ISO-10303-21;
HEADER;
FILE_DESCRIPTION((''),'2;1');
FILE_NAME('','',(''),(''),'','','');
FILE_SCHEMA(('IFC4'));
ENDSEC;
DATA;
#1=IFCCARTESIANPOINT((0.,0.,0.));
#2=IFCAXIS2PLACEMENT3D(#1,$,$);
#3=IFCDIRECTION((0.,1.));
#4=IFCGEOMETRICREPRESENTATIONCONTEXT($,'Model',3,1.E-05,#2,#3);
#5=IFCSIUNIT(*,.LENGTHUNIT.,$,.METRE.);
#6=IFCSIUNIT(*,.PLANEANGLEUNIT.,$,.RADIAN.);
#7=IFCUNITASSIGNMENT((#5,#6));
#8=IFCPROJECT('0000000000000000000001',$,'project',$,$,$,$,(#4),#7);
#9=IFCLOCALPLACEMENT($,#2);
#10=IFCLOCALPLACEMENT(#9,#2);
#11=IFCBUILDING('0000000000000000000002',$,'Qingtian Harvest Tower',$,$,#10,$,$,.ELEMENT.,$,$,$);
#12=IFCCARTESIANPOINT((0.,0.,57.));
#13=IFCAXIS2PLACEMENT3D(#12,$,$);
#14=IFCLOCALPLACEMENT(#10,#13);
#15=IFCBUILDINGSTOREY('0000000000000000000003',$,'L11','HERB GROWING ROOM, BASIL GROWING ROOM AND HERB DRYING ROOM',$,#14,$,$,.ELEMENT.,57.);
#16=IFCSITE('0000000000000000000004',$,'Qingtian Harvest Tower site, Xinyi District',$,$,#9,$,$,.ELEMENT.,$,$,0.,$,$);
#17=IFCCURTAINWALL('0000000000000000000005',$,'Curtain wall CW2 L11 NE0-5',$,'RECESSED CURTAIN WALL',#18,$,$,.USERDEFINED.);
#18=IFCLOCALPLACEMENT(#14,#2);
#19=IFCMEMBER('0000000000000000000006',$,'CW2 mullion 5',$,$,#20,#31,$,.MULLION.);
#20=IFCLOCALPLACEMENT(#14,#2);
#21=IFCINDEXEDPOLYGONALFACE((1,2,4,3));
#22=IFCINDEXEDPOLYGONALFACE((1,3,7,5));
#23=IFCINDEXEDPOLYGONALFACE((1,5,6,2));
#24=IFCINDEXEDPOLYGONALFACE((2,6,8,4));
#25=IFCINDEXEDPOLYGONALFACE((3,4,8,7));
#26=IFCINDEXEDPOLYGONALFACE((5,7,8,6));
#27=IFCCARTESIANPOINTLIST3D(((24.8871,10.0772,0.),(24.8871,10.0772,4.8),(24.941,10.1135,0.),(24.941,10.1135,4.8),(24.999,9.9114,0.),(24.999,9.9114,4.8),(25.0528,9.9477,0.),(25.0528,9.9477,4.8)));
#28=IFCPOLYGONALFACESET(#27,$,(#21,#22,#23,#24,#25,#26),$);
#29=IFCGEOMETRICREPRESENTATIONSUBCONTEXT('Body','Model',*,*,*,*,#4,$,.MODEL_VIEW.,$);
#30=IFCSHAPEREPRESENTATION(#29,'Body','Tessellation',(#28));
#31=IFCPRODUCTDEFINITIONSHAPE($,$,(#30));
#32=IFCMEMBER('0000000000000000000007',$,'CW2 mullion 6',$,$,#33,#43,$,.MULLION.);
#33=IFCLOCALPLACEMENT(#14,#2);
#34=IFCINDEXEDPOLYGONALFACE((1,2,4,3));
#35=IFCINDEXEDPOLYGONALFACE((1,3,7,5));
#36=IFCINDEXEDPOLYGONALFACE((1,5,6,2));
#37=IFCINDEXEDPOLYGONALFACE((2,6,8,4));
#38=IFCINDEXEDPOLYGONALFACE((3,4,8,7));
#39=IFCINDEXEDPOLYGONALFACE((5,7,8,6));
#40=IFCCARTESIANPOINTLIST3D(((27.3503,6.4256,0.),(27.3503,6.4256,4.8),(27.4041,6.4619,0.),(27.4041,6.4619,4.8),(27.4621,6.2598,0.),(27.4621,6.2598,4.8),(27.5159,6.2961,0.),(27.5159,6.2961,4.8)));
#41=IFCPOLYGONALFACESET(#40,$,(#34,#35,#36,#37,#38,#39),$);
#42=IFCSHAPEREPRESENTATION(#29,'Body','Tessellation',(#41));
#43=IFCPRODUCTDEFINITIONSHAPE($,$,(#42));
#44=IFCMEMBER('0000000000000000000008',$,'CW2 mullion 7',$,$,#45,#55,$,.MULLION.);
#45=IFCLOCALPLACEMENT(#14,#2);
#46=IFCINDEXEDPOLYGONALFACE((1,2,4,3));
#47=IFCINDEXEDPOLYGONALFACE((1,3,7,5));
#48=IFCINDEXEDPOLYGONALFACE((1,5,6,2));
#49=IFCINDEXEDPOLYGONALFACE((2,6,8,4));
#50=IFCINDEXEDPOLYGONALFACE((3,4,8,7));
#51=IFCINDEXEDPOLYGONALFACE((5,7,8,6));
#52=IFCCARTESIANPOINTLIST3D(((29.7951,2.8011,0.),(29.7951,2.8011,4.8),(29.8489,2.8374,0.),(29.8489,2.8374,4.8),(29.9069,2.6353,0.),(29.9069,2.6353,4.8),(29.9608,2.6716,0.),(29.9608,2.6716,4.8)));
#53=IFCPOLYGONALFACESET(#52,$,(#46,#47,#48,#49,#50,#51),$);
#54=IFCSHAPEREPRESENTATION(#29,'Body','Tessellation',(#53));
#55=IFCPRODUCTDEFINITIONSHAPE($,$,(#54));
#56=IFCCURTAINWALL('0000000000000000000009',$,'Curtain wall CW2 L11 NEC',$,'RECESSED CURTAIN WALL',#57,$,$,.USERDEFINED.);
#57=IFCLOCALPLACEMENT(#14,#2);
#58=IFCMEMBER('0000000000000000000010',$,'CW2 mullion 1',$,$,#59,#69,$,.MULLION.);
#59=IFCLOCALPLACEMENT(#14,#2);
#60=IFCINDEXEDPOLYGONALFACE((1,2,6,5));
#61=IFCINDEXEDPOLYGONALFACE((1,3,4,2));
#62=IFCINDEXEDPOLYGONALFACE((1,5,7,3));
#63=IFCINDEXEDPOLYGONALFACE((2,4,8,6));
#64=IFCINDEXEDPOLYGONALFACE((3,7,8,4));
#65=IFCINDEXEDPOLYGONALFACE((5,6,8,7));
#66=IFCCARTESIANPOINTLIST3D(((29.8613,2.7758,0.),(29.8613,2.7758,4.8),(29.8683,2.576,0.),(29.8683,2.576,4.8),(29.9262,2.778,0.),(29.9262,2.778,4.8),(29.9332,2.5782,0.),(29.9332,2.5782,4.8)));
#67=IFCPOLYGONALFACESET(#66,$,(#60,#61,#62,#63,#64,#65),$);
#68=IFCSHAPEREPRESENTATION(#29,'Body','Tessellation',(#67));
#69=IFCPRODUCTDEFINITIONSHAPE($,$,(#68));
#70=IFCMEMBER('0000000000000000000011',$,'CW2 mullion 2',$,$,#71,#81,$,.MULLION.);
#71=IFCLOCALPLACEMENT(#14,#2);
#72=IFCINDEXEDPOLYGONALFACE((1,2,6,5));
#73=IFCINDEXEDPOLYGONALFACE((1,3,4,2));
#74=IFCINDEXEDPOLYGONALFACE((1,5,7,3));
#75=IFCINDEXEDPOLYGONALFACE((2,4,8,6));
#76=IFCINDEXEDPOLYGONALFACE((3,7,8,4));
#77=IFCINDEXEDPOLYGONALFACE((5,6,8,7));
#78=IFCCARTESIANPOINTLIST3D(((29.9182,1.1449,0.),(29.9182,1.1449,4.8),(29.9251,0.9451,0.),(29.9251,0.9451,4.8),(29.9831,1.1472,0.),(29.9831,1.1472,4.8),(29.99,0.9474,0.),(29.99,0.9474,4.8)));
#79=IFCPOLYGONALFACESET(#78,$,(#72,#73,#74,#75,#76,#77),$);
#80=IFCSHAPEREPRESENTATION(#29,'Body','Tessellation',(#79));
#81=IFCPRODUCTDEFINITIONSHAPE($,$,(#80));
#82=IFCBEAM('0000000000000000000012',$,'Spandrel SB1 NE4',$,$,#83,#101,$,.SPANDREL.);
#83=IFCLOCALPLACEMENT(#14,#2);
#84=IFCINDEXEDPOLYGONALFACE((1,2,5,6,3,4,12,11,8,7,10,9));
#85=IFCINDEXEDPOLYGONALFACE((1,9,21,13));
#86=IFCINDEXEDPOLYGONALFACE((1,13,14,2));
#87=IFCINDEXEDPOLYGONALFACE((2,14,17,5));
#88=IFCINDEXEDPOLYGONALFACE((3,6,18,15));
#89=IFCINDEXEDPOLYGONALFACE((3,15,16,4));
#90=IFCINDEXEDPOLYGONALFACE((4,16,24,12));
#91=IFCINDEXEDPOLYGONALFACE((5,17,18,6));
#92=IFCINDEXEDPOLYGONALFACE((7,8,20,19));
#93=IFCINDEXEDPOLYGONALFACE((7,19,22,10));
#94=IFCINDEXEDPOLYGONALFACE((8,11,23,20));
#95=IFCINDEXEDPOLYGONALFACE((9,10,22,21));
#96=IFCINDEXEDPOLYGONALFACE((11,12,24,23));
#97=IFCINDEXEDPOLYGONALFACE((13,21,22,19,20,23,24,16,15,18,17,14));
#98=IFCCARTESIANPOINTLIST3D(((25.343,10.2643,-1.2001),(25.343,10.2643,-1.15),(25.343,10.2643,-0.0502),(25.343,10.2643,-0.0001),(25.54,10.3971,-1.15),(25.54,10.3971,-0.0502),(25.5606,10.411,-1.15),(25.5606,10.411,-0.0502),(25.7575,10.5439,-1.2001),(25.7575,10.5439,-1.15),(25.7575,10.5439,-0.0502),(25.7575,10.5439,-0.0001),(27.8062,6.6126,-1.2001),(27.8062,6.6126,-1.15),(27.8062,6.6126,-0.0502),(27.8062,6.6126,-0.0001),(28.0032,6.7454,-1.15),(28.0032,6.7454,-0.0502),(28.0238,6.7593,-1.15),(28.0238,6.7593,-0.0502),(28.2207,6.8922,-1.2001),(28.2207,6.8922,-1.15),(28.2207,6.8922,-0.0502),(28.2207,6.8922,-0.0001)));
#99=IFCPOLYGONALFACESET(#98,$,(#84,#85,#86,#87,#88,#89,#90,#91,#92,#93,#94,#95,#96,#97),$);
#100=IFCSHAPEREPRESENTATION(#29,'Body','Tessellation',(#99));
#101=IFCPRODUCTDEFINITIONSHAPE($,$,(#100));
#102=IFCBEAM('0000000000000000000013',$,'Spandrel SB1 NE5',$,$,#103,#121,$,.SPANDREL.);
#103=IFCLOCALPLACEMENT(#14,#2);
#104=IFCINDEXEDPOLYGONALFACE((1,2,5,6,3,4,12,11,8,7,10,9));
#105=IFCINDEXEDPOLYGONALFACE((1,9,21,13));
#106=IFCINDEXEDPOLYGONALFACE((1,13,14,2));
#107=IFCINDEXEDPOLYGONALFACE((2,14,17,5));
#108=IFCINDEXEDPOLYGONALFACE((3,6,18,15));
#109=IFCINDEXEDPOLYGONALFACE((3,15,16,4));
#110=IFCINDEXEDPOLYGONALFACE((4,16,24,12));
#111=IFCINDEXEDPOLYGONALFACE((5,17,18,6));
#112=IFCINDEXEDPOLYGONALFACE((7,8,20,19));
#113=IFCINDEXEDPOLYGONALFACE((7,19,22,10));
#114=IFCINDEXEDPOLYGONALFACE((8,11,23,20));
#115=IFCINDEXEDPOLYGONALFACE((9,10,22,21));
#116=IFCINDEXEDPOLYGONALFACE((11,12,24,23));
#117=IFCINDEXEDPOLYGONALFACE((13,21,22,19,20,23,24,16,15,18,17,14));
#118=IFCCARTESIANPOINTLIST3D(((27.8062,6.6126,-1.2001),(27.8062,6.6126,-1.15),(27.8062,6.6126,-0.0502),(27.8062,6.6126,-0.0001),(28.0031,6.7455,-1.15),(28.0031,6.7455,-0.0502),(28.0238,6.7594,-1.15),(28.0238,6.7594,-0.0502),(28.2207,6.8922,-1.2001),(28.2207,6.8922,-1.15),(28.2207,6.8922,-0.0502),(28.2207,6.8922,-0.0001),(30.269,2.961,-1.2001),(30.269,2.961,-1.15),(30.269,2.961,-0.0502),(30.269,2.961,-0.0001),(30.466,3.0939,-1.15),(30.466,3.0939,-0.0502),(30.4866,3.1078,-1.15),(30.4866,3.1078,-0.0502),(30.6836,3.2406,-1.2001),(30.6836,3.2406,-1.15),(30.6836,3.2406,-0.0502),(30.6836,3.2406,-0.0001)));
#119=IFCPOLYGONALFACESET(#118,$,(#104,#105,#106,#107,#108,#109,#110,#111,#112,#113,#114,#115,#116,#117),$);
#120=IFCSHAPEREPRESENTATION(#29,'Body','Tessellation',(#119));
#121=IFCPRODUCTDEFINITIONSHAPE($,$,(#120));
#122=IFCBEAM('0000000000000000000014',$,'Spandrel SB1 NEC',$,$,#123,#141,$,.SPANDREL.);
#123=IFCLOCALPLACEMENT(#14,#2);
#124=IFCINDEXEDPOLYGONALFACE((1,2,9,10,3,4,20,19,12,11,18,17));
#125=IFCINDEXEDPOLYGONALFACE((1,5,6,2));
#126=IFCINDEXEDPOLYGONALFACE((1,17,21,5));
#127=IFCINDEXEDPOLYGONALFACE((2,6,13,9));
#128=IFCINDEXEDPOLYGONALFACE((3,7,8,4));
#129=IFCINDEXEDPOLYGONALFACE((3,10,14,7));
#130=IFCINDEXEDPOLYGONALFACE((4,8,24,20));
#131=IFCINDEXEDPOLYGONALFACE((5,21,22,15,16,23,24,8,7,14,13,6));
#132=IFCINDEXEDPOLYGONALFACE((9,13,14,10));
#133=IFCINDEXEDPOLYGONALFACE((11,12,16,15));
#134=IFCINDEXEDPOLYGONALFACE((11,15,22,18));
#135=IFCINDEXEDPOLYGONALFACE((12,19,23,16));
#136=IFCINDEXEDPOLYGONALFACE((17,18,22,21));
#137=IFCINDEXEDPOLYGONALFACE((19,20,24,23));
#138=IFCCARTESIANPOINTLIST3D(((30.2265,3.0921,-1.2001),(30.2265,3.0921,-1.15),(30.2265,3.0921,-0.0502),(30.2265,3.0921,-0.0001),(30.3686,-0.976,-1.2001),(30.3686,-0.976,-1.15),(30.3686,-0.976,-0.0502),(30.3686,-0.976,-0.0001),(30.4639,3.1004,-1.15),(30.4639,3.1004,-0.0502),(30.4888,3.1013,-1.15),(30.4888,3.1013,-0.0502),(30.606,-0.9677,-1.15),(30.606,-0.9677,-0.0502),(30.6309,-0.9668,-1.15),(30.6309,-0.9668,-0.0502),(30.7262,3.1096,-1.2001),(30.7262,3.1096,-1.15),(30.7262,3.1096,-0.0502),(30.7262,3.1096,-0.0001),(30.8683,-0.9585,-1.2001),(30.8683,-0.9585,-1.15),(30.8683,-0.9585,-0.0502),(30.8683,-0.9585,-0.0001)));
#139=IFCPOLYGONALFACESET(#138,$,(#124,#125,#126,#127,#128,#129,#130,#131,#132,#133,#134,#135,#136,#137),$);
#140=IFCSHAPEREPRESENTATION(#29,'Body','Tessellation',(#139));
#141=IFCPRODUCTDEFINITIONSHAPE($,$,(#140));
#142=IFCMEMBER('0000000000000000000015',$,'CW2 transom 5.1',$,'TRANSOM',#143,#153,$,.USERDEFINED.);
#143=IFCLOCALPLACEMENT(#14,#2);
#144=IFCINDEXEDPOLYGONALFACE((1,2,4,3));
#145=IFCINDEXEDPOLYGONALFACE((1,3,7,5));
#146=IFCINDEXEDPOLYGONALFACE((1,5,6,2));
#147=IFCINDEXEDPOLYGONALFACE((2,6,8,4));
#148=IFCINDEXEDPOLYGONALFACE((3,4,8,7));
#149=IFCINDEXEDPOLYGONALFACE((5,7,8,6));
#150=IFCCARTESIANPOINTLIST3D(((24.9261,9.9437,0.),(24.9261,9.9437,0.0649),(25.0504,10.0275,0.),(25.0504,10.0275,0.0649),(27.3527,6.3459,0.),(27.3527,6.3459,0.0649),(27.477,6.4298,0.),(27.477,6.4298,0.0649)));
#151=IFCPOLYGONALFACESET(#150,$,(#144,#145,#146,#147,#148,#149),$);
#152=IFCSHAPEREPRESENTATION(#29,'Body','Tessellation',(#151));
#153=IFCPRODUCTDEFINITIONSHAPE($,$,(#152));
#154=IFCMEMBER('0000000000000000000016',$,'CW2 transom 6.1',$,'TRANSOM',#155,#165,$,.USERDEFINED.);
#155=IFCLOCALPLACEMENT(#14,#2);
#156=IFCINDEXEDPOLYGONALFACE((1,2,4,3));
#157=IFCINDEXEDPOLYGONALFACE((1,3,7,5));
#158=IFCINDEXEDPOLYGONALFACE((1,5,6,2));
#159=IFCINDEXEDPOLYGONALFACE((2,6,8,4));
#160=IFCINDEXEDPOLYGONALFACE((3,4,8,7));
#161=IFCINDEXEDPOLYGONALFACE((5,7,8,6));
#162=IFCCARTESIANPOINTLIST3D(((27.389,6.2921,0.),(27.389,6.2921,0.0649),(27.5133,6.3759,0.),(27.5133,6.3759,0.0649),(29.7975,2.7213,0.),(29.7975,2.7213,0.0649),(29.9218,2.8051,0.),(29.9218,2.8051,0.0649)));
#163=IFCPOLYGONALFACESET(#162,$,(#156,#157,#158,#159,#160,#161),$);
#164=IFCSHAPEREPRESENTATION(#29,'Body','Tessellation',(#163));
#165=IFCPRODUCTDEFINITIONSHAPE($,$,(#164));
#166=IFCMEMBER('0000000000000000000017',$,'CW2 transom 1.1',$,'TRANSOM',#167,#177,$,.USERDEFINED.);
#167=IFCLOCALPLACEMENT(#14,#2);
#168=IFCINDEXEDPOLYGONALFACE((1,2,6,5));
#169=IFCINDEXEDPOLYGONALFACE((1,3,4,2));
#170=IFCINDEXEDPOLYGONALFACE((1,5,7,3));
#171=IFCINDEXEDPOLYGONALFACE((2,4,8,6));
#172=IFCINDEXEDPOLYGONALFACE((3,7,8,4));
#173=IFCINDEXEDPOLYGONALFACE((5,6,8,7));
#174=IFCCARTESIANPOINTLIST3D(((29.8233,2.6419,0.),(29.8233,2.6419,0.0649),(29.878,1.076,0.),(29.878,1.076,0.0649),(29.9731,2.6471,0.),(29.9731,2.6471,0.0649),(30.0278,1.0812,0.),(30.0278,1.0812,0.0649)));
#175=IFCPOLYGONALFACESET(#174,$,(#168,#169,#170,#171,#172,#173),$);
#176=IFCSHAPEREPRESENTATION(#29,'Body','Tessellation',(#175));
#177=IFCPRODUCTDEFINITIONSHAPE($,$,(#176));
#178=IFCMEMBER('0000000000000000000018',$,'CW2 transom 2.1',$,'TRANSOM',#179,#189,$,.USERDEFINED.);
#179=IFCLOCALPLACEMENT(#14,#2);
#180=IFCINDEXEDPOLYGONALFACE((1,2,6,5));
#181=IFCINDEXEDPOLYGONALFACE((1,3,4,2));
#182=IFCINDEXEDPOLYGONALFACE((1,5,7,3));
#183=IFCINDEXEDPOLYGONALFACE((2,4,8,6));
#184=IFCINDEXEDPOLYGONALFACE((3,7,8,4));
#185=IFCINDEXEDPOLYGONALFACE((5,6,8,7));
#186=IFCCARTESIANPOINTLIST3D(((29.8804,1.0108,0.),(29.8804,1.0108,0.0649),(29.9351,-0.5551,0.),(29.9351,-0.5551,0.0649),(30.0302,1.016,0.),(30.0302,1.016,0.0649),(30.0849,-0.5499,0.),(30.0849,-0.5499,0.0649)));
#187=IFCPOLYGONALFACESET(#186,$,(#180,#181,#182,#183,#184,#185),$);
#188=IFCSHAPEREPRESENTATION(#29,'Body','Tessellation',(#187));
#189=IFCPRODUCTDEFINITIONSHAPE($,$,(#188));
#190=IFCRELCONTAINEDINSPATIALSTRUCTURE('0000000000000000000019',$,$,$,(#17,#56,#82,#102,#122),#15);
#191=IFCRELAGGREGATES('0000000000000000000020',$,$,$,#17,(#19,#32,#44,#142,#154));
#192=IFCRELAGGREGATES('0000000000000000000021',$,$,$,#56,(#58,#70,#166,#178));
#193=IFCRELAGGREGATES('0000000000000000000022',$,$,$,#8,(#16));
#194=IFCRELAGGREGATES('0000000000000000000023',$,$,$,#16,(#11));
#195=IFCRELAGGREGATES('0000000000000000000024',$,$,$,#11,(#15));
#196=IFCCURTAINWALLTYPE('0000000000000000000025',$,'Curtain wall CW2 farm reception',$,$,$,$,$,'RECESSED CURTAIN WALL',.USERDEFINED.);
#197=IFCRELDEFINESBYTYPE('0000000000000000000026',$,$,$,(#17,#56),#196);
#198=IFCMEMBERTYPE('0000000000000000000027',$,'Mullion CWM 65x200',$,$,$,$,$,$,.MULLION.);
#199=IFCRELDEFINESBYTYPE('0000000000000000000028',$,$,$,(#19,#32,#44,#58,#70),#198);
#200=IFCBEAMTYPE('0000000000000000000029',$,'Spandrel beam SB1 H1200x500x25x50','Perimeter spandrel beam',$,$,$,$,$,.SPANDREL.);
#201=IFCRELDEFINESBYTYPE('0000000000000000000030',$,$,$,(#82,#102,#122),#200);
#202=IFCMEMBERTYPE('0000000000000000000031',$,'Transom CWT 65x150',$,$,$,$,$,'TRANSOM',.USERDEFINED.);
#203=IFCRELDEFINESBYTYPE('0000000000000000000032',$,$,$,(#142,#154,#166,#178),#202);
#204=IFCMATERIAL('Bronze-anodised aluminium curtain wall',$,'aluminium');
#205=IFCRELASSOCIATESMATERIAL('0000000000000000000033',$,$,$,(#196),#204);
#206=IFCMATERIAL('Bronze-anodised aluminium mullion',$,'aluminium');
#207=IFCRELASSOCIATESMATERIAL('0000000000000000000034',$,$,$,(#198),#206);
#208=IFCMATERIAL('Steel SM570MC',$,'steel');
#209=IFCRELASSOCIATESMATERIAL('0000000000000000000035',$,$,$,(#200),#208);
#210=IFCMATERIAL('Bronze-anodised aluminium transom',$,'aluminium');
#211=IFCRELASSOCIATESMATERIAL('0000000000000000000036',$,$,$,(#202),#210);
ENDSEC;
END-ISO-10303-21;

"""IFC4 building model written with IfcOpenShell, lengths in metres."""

from ifc_helpers import new_model, si_unit, direction, frame, origin, origin_2d, place, context, subcontext, project, spatial, rectangle, i_section, extrude, material, material_profile, profile_set, type_object, element, aggregate, save


model = new_model("IFC4")

# Units and contexts
model_context = context("Model", 3, precision=1e-05, world=origin(), true_north=direction((0.0, 1.0)))
body_context = subcontext(model_context, "Body", "Model", "MODEL_VIEW")
ifc_project = project(units=[si_unit("LENGTHUNIT", "METRE"), si_unit("PLANEANGLEUNIT", "RADIAN")], contexts=[model_context])

# Site, building, storey
site_placement = place(None, origin())
site = spatial("IfcSite", under=ifc_project, at=site_placement, Name="Qingtian Harvest Tower site, Xinyi District", CompositionType="ELEMENT", RefElevation=0.0)
building_placement = place(site_placement, origin())
building = spatial("IfcBuilding", under=site, at=building_placement, Name="Qingtian Harvest Tower", CompositionType="ELEMENT")
storey_placement = place(building_placement, frame((0.0, 0.0, 57.0)))
storey = spatial("IfcBuildingStorey", under=building, at=storey_placement, Name="L11", Description="HERB GROWING ROOM, BASIL GROWING ROOM AND HERB DRYING ROOM", CompositionType="ELEMENT", Elevation=57.0)

# Curtain walls, members
ifc_material_1 = material(Name="Bronze-anodised aluminium curtain wall", Category="aluminium")
curtain_wall_type = type_object("IfcCurtainWallType", Name="Curtain wall CW2 farm reception", ElementType="RECESSED CURTAIN WALL", PredefinedType="USERDEFINED", material=ifc_material_1)
curtain_wall_1_placement = place(storey_placement, origin())
curtain_wall_1 = element("IfcCurtainWall", 1, at=curtain_wall_1_placement, inside=storey, type_object=curtain_wall_type, Name="Curtain wall CW2 L11 NE0-5", ObjectType="RECESSED CURTAIN WALL", PredefinedType="USERDEFINED")
ifc_material_2 = material(Name="Bronze-anodised aluminium mullion", Category="aluminium")
ifc_material_profile_1 = material_profile(ifc_material_2, rectangle(XDim=0.0649, YDim=0.2, at=origin_2d()), Name="AL 65x200")
ifc_profile_set_1 = profile_set([ifc_material_profile_1], Name="Bronze-anodised aluminium mullion")
member_type_1 = type_object("IfcMemberType", Name="Mullion CWM 65x200", PredefinedType="MULLION", material=ifc_profile_set_1)
member_1_placement = place(storey_placement, frame((24.97, 10.0125, 0.0), z_axis=(0.0, 0.0, 1.0), x_axis=(0.829038, 0.559193, 0.0)))
member_1 = element("IfcMember", 2, at=member_1_placement, type_object=member_type_1, Name="CW2 mullion 5", PredefinedType="MULLION", context=body_context, shape_type="SweptSolid", body=[
    extrude(rectangle(XDim=0.0649, YDim=0.2, at=origin_2d()), origin(), (0.0, 0.0, 1.0), 4.8),
])
member_2_placement = place(storey_placement, frame((27.4331, 6.3608, 0.0), z_axis=(0.0, 0.0, 1.0), x_axis=(0.829038, 0.559193, 0.0)))
member_2 = element("IfcMember", 3, at=member_2_placement, type_object=member_type_1, Name="CW2 mullion 6", PredefinedType="MULLION", context=body_context, shape_type="SweptSolid", body=[
    extrude(rectangle(XDim=0.0649, YDim=0.2, at=origin_2d()), origin(), (0.0, 0.0, 1.0), 4.8),
])
member_3_placement = place(storey_placement, frame((29.8779, 2.7363, 0.0), z_axis=(0.0, 0.0, 1.0), x_axis=(0.829038, 0.559193, 0.0)))
member_3 = element("IfcMember", 4, at=member_3_placement, type_object=member_type_1, Name="CW2 mullion 7", PredefinedType="MULLION", context=body_context, shape_type="SweptSolid", body=[
    extrude(rectangle(XDim=0.0649, YDim=0.2, at=origin_2d()), origin(), (0.0, 0.0, 1.0), 4.8),
])
curtain_wall_2_placement = place(storey_placement, origin())
curtain_wall_2 = element("IfcCurtainWall", 5, at=curtain_wall_2_placement, inside=storey, type_object=curtain_wall_type, Name="Curtain wall CW2 L11 NEC", ObjectType="RECESSED CURTAIN WALL", PredefinedType="USERDEFINED")
member_4_placement = place(storey_placement, frame((29.8972, 2.677, 0.0), z_axis=(0.0, 0.0, 1.0), x_axis=(0.999391, 0.034899, 0.0)))
member_4 = element("IfcMember", 6, at=member_4_placement, type_object=member_type_1, Name="CW2 mullion 1", PredefinedType="MULLION", context=body_context, shape_type="SweptSolid", body=[
    extrude(rectangle(XDim=0.0649, YDim=0.2, at=origin_2d()), origin(), (0.0, 0.0, 1.0), 4.8),
])
member_5_placement = place(storey_placement, frame((29.9541, 1.0461, 0.0), z_axis=(0.0, 0.0, 1.0), x_axis=(0.999391, 0.034899, 0.0)))
member_5 = element("IfcMember", 7, at=member_5_placement, type_object=member_type_1, Name="CW2 mullion 2", PredefinedType="MULLION", context=body_context, shape_type="SweptSolid", body=[
    extrude(rectangle(XDim=0.0649, YDim=0.2, at=origin_2d()), origin(), (0.0, 0.0, 1.0), 4.8),
])

# Beams
ifc_material_3 = material(Name="Steel SM570MC", Category="steel")
ifc_material_profile_2 = material_profile(ifc_material_3, i_section(OverallWidth=0.5, OverallDepth=1.2, WebThickness=0.0249, FlangeThickness=0.05, at=origin_2d()), Name="H1200x500x25x50")
ifc_profile_set_2 = profile_set([ifc_material_profile_2], Name="Steel SM570MC")
beam_type_1 = type_object("IfcBeamType", Name="Spandrel beam SB1 H1200x500x25x50", Description="Perimeter spandrel beam", PredefinedType="SPANDREL", material=ifc_profile_set_2)
beam_1_placement = place(storey_placement, frame((25.5503, 10.4041, -0.6001), z_axis=(0.559207, -0.829028, 0.0), x_axis=(0.829028, 0.559207, 0.0)))
element("IfcBeam", 8, at=beam_1_placement, inside=storey, type_object=beam_type_1, Name="Spandrel SB1 NE4", PredefinedType="SPANDREL", context=body_context, shape_type="SweptSolid", body=[
    extrude(i_section(OverallWidth=0.5, OverallDepth=1.2, WebThickness=0.0249, FlangeThickness=0.05, at=origin_2d()), origin(), (0.0, 0.0, 1.0), 4.4048),
])
beam_2_placement = place(storey_placement, frame((28.0134, 6.7524, -0.6001), z_axis=(0.559169, -0.829054, 0.0), x_axis=(0.829054, 0.559169, 0.0)))
element("IfcBeam", 9, at=beam_2_placement, inside=storey, type_object=beam_type_1, Name="Spandrel SB1 NE5", PredefinedType="SPANDREL", context=body_context, shape_type="SweptSolid", body=[
    extrude(i_section(OverallWidth=0.5, OverallDepth=1.2, WebThickness=0.0249, FlangeThickness=0.05, at=origin_2d()), origin(), (0.0, 0.0, 1.0), 4.4045),
])
beam_3_placement = place(storey_placement, frame((30.4763, 3.1008, -0.6001), z_axis=(0.034906, -0.999391, 0.0), x_axis=(0.999391, 0.034906, 0.0)))
element("IfcBeam", 10, at=beam_3_placement, inside=storey, type_object=beam_type_1, Name="Spandrel SB1 NEC", PredefinedType="SPANDREL", context=body_context, shape_type="SweptSolid", body=[
    extrude(i_section(OverallWidth=0.5, OverallDepth=1.2, WebThickness=0.0249, FlangeThickness=0.05, at=origin_2d()), origin(), (0.0, 0.0, 1.0), 4.0706),
])

# Members
ifc_material_4 = material(Name="Bronze-anodised aluminium transom", Category="aluminium")
ifc_material_profile_3 = material_profile(ifc_material_4, rectangle(XDim=0.1499, YDim=0.0649, at=origin_2d()), Name="AL 65x150")
ifc_profile_set_3 = profile_set([ifc_material_profile_3], Name="Bronze-anodised aluminium transom")
member_type_2 = type_object("IfcMemberType", Name="Transom CWT 65x150", ElementType="TRANSOM", PredefinedType="USERDEFINED", material=ifc_profile_set_3)
member_6_placement = place(storey_placement, frame((24.9883, 9.9856, 0.0325), z_axis=(0.559171, -0.829052, 0.0), x_axis=(0.829052, 0.559171, 0.0)))
member_6 = element("IfcMember", 11, at=member_6_placement, type_object=member_type_2, Name="CW2 transom 5.1", ObjectType="TRANSOM", PredefinedType="USERDEFINED", context=body_context, shape_type="SweptSolid", body=[
    extrude(rectangle(XDim=0.1499, YDim=0.0649, at=origin_2d()), origin(), (0.0, 0.0, 1.0), 4.3396),
])
member_7_placement = place(storey_placement, frame((27.4512, 6.334, 0.0325), z_axis=(0.559179, -0.829047, 0.0), x_axis=(0.829047, 0.559179, 0.0)))
member_7 = element("IfcMember", 12, at=member_7_placement, type_object=member_type_2, Name="CW2 transom 6.1", ObjectType="TRANSOM", PredefinedType="USERDEFINED", context=body_context, shape_type="SweptSolid", body=[
    extrude(rectangle(XDim=0.1499, YDim=0.0649, at=origin_2d()), origin(), (0.0, 0.0, 1.0), 4.3071),
])
member_8_placement = place(storey_placement, frame((29.8982, 2.6445, 0.0325), z_axis=(0.034902, -0.999391, 0.0), x_axis=(0.999391, 0.034902, 0.0)))
member_8 = element("IfcMember", 13, at=member_8_placement, type_object=member_type_2, Name="CW2 transom 1.1", ObjectType="TRANSOM", PredefinedType="USERDEFINED", context=body_context, shape_type="SweptSolid", body=[
    extrude(rectangle(XDim=0.1499, YDim=0.0649, at=origin_2d()), origin(), (0.0, 0.0, 1.0), 1.5669),
])
member_9_placement = place(storey_placement, frame((29.9553, 1.0134, 0.0325), z_axis=(0.034902, -0.999391, 0.0), x_axis=(0.999391, 0.034902, 0.0)))
member_9 = element("IfcMember", 14, at=member_9_placement, type_object=member_type_2, Name="CW2 transom 2.1", ObjectType="TRANSOM", PredefinedType="USERDEFINED", context=body_context, shape_type="SweptSolid", body=[
    extrude(rectangle(XDim=0.1499, YDim=0.0649, at=origin_2d()), origin(), (0.0, 0.0, 1.0), 1.5669),
])

aggregate(curtain_wall_1, [member_1, member_2, member_3, member_6, member_7])
aggregate(curtain_wall_2, [member_4, member_5, member_8, member_9])

save(model, "model.ifc")
